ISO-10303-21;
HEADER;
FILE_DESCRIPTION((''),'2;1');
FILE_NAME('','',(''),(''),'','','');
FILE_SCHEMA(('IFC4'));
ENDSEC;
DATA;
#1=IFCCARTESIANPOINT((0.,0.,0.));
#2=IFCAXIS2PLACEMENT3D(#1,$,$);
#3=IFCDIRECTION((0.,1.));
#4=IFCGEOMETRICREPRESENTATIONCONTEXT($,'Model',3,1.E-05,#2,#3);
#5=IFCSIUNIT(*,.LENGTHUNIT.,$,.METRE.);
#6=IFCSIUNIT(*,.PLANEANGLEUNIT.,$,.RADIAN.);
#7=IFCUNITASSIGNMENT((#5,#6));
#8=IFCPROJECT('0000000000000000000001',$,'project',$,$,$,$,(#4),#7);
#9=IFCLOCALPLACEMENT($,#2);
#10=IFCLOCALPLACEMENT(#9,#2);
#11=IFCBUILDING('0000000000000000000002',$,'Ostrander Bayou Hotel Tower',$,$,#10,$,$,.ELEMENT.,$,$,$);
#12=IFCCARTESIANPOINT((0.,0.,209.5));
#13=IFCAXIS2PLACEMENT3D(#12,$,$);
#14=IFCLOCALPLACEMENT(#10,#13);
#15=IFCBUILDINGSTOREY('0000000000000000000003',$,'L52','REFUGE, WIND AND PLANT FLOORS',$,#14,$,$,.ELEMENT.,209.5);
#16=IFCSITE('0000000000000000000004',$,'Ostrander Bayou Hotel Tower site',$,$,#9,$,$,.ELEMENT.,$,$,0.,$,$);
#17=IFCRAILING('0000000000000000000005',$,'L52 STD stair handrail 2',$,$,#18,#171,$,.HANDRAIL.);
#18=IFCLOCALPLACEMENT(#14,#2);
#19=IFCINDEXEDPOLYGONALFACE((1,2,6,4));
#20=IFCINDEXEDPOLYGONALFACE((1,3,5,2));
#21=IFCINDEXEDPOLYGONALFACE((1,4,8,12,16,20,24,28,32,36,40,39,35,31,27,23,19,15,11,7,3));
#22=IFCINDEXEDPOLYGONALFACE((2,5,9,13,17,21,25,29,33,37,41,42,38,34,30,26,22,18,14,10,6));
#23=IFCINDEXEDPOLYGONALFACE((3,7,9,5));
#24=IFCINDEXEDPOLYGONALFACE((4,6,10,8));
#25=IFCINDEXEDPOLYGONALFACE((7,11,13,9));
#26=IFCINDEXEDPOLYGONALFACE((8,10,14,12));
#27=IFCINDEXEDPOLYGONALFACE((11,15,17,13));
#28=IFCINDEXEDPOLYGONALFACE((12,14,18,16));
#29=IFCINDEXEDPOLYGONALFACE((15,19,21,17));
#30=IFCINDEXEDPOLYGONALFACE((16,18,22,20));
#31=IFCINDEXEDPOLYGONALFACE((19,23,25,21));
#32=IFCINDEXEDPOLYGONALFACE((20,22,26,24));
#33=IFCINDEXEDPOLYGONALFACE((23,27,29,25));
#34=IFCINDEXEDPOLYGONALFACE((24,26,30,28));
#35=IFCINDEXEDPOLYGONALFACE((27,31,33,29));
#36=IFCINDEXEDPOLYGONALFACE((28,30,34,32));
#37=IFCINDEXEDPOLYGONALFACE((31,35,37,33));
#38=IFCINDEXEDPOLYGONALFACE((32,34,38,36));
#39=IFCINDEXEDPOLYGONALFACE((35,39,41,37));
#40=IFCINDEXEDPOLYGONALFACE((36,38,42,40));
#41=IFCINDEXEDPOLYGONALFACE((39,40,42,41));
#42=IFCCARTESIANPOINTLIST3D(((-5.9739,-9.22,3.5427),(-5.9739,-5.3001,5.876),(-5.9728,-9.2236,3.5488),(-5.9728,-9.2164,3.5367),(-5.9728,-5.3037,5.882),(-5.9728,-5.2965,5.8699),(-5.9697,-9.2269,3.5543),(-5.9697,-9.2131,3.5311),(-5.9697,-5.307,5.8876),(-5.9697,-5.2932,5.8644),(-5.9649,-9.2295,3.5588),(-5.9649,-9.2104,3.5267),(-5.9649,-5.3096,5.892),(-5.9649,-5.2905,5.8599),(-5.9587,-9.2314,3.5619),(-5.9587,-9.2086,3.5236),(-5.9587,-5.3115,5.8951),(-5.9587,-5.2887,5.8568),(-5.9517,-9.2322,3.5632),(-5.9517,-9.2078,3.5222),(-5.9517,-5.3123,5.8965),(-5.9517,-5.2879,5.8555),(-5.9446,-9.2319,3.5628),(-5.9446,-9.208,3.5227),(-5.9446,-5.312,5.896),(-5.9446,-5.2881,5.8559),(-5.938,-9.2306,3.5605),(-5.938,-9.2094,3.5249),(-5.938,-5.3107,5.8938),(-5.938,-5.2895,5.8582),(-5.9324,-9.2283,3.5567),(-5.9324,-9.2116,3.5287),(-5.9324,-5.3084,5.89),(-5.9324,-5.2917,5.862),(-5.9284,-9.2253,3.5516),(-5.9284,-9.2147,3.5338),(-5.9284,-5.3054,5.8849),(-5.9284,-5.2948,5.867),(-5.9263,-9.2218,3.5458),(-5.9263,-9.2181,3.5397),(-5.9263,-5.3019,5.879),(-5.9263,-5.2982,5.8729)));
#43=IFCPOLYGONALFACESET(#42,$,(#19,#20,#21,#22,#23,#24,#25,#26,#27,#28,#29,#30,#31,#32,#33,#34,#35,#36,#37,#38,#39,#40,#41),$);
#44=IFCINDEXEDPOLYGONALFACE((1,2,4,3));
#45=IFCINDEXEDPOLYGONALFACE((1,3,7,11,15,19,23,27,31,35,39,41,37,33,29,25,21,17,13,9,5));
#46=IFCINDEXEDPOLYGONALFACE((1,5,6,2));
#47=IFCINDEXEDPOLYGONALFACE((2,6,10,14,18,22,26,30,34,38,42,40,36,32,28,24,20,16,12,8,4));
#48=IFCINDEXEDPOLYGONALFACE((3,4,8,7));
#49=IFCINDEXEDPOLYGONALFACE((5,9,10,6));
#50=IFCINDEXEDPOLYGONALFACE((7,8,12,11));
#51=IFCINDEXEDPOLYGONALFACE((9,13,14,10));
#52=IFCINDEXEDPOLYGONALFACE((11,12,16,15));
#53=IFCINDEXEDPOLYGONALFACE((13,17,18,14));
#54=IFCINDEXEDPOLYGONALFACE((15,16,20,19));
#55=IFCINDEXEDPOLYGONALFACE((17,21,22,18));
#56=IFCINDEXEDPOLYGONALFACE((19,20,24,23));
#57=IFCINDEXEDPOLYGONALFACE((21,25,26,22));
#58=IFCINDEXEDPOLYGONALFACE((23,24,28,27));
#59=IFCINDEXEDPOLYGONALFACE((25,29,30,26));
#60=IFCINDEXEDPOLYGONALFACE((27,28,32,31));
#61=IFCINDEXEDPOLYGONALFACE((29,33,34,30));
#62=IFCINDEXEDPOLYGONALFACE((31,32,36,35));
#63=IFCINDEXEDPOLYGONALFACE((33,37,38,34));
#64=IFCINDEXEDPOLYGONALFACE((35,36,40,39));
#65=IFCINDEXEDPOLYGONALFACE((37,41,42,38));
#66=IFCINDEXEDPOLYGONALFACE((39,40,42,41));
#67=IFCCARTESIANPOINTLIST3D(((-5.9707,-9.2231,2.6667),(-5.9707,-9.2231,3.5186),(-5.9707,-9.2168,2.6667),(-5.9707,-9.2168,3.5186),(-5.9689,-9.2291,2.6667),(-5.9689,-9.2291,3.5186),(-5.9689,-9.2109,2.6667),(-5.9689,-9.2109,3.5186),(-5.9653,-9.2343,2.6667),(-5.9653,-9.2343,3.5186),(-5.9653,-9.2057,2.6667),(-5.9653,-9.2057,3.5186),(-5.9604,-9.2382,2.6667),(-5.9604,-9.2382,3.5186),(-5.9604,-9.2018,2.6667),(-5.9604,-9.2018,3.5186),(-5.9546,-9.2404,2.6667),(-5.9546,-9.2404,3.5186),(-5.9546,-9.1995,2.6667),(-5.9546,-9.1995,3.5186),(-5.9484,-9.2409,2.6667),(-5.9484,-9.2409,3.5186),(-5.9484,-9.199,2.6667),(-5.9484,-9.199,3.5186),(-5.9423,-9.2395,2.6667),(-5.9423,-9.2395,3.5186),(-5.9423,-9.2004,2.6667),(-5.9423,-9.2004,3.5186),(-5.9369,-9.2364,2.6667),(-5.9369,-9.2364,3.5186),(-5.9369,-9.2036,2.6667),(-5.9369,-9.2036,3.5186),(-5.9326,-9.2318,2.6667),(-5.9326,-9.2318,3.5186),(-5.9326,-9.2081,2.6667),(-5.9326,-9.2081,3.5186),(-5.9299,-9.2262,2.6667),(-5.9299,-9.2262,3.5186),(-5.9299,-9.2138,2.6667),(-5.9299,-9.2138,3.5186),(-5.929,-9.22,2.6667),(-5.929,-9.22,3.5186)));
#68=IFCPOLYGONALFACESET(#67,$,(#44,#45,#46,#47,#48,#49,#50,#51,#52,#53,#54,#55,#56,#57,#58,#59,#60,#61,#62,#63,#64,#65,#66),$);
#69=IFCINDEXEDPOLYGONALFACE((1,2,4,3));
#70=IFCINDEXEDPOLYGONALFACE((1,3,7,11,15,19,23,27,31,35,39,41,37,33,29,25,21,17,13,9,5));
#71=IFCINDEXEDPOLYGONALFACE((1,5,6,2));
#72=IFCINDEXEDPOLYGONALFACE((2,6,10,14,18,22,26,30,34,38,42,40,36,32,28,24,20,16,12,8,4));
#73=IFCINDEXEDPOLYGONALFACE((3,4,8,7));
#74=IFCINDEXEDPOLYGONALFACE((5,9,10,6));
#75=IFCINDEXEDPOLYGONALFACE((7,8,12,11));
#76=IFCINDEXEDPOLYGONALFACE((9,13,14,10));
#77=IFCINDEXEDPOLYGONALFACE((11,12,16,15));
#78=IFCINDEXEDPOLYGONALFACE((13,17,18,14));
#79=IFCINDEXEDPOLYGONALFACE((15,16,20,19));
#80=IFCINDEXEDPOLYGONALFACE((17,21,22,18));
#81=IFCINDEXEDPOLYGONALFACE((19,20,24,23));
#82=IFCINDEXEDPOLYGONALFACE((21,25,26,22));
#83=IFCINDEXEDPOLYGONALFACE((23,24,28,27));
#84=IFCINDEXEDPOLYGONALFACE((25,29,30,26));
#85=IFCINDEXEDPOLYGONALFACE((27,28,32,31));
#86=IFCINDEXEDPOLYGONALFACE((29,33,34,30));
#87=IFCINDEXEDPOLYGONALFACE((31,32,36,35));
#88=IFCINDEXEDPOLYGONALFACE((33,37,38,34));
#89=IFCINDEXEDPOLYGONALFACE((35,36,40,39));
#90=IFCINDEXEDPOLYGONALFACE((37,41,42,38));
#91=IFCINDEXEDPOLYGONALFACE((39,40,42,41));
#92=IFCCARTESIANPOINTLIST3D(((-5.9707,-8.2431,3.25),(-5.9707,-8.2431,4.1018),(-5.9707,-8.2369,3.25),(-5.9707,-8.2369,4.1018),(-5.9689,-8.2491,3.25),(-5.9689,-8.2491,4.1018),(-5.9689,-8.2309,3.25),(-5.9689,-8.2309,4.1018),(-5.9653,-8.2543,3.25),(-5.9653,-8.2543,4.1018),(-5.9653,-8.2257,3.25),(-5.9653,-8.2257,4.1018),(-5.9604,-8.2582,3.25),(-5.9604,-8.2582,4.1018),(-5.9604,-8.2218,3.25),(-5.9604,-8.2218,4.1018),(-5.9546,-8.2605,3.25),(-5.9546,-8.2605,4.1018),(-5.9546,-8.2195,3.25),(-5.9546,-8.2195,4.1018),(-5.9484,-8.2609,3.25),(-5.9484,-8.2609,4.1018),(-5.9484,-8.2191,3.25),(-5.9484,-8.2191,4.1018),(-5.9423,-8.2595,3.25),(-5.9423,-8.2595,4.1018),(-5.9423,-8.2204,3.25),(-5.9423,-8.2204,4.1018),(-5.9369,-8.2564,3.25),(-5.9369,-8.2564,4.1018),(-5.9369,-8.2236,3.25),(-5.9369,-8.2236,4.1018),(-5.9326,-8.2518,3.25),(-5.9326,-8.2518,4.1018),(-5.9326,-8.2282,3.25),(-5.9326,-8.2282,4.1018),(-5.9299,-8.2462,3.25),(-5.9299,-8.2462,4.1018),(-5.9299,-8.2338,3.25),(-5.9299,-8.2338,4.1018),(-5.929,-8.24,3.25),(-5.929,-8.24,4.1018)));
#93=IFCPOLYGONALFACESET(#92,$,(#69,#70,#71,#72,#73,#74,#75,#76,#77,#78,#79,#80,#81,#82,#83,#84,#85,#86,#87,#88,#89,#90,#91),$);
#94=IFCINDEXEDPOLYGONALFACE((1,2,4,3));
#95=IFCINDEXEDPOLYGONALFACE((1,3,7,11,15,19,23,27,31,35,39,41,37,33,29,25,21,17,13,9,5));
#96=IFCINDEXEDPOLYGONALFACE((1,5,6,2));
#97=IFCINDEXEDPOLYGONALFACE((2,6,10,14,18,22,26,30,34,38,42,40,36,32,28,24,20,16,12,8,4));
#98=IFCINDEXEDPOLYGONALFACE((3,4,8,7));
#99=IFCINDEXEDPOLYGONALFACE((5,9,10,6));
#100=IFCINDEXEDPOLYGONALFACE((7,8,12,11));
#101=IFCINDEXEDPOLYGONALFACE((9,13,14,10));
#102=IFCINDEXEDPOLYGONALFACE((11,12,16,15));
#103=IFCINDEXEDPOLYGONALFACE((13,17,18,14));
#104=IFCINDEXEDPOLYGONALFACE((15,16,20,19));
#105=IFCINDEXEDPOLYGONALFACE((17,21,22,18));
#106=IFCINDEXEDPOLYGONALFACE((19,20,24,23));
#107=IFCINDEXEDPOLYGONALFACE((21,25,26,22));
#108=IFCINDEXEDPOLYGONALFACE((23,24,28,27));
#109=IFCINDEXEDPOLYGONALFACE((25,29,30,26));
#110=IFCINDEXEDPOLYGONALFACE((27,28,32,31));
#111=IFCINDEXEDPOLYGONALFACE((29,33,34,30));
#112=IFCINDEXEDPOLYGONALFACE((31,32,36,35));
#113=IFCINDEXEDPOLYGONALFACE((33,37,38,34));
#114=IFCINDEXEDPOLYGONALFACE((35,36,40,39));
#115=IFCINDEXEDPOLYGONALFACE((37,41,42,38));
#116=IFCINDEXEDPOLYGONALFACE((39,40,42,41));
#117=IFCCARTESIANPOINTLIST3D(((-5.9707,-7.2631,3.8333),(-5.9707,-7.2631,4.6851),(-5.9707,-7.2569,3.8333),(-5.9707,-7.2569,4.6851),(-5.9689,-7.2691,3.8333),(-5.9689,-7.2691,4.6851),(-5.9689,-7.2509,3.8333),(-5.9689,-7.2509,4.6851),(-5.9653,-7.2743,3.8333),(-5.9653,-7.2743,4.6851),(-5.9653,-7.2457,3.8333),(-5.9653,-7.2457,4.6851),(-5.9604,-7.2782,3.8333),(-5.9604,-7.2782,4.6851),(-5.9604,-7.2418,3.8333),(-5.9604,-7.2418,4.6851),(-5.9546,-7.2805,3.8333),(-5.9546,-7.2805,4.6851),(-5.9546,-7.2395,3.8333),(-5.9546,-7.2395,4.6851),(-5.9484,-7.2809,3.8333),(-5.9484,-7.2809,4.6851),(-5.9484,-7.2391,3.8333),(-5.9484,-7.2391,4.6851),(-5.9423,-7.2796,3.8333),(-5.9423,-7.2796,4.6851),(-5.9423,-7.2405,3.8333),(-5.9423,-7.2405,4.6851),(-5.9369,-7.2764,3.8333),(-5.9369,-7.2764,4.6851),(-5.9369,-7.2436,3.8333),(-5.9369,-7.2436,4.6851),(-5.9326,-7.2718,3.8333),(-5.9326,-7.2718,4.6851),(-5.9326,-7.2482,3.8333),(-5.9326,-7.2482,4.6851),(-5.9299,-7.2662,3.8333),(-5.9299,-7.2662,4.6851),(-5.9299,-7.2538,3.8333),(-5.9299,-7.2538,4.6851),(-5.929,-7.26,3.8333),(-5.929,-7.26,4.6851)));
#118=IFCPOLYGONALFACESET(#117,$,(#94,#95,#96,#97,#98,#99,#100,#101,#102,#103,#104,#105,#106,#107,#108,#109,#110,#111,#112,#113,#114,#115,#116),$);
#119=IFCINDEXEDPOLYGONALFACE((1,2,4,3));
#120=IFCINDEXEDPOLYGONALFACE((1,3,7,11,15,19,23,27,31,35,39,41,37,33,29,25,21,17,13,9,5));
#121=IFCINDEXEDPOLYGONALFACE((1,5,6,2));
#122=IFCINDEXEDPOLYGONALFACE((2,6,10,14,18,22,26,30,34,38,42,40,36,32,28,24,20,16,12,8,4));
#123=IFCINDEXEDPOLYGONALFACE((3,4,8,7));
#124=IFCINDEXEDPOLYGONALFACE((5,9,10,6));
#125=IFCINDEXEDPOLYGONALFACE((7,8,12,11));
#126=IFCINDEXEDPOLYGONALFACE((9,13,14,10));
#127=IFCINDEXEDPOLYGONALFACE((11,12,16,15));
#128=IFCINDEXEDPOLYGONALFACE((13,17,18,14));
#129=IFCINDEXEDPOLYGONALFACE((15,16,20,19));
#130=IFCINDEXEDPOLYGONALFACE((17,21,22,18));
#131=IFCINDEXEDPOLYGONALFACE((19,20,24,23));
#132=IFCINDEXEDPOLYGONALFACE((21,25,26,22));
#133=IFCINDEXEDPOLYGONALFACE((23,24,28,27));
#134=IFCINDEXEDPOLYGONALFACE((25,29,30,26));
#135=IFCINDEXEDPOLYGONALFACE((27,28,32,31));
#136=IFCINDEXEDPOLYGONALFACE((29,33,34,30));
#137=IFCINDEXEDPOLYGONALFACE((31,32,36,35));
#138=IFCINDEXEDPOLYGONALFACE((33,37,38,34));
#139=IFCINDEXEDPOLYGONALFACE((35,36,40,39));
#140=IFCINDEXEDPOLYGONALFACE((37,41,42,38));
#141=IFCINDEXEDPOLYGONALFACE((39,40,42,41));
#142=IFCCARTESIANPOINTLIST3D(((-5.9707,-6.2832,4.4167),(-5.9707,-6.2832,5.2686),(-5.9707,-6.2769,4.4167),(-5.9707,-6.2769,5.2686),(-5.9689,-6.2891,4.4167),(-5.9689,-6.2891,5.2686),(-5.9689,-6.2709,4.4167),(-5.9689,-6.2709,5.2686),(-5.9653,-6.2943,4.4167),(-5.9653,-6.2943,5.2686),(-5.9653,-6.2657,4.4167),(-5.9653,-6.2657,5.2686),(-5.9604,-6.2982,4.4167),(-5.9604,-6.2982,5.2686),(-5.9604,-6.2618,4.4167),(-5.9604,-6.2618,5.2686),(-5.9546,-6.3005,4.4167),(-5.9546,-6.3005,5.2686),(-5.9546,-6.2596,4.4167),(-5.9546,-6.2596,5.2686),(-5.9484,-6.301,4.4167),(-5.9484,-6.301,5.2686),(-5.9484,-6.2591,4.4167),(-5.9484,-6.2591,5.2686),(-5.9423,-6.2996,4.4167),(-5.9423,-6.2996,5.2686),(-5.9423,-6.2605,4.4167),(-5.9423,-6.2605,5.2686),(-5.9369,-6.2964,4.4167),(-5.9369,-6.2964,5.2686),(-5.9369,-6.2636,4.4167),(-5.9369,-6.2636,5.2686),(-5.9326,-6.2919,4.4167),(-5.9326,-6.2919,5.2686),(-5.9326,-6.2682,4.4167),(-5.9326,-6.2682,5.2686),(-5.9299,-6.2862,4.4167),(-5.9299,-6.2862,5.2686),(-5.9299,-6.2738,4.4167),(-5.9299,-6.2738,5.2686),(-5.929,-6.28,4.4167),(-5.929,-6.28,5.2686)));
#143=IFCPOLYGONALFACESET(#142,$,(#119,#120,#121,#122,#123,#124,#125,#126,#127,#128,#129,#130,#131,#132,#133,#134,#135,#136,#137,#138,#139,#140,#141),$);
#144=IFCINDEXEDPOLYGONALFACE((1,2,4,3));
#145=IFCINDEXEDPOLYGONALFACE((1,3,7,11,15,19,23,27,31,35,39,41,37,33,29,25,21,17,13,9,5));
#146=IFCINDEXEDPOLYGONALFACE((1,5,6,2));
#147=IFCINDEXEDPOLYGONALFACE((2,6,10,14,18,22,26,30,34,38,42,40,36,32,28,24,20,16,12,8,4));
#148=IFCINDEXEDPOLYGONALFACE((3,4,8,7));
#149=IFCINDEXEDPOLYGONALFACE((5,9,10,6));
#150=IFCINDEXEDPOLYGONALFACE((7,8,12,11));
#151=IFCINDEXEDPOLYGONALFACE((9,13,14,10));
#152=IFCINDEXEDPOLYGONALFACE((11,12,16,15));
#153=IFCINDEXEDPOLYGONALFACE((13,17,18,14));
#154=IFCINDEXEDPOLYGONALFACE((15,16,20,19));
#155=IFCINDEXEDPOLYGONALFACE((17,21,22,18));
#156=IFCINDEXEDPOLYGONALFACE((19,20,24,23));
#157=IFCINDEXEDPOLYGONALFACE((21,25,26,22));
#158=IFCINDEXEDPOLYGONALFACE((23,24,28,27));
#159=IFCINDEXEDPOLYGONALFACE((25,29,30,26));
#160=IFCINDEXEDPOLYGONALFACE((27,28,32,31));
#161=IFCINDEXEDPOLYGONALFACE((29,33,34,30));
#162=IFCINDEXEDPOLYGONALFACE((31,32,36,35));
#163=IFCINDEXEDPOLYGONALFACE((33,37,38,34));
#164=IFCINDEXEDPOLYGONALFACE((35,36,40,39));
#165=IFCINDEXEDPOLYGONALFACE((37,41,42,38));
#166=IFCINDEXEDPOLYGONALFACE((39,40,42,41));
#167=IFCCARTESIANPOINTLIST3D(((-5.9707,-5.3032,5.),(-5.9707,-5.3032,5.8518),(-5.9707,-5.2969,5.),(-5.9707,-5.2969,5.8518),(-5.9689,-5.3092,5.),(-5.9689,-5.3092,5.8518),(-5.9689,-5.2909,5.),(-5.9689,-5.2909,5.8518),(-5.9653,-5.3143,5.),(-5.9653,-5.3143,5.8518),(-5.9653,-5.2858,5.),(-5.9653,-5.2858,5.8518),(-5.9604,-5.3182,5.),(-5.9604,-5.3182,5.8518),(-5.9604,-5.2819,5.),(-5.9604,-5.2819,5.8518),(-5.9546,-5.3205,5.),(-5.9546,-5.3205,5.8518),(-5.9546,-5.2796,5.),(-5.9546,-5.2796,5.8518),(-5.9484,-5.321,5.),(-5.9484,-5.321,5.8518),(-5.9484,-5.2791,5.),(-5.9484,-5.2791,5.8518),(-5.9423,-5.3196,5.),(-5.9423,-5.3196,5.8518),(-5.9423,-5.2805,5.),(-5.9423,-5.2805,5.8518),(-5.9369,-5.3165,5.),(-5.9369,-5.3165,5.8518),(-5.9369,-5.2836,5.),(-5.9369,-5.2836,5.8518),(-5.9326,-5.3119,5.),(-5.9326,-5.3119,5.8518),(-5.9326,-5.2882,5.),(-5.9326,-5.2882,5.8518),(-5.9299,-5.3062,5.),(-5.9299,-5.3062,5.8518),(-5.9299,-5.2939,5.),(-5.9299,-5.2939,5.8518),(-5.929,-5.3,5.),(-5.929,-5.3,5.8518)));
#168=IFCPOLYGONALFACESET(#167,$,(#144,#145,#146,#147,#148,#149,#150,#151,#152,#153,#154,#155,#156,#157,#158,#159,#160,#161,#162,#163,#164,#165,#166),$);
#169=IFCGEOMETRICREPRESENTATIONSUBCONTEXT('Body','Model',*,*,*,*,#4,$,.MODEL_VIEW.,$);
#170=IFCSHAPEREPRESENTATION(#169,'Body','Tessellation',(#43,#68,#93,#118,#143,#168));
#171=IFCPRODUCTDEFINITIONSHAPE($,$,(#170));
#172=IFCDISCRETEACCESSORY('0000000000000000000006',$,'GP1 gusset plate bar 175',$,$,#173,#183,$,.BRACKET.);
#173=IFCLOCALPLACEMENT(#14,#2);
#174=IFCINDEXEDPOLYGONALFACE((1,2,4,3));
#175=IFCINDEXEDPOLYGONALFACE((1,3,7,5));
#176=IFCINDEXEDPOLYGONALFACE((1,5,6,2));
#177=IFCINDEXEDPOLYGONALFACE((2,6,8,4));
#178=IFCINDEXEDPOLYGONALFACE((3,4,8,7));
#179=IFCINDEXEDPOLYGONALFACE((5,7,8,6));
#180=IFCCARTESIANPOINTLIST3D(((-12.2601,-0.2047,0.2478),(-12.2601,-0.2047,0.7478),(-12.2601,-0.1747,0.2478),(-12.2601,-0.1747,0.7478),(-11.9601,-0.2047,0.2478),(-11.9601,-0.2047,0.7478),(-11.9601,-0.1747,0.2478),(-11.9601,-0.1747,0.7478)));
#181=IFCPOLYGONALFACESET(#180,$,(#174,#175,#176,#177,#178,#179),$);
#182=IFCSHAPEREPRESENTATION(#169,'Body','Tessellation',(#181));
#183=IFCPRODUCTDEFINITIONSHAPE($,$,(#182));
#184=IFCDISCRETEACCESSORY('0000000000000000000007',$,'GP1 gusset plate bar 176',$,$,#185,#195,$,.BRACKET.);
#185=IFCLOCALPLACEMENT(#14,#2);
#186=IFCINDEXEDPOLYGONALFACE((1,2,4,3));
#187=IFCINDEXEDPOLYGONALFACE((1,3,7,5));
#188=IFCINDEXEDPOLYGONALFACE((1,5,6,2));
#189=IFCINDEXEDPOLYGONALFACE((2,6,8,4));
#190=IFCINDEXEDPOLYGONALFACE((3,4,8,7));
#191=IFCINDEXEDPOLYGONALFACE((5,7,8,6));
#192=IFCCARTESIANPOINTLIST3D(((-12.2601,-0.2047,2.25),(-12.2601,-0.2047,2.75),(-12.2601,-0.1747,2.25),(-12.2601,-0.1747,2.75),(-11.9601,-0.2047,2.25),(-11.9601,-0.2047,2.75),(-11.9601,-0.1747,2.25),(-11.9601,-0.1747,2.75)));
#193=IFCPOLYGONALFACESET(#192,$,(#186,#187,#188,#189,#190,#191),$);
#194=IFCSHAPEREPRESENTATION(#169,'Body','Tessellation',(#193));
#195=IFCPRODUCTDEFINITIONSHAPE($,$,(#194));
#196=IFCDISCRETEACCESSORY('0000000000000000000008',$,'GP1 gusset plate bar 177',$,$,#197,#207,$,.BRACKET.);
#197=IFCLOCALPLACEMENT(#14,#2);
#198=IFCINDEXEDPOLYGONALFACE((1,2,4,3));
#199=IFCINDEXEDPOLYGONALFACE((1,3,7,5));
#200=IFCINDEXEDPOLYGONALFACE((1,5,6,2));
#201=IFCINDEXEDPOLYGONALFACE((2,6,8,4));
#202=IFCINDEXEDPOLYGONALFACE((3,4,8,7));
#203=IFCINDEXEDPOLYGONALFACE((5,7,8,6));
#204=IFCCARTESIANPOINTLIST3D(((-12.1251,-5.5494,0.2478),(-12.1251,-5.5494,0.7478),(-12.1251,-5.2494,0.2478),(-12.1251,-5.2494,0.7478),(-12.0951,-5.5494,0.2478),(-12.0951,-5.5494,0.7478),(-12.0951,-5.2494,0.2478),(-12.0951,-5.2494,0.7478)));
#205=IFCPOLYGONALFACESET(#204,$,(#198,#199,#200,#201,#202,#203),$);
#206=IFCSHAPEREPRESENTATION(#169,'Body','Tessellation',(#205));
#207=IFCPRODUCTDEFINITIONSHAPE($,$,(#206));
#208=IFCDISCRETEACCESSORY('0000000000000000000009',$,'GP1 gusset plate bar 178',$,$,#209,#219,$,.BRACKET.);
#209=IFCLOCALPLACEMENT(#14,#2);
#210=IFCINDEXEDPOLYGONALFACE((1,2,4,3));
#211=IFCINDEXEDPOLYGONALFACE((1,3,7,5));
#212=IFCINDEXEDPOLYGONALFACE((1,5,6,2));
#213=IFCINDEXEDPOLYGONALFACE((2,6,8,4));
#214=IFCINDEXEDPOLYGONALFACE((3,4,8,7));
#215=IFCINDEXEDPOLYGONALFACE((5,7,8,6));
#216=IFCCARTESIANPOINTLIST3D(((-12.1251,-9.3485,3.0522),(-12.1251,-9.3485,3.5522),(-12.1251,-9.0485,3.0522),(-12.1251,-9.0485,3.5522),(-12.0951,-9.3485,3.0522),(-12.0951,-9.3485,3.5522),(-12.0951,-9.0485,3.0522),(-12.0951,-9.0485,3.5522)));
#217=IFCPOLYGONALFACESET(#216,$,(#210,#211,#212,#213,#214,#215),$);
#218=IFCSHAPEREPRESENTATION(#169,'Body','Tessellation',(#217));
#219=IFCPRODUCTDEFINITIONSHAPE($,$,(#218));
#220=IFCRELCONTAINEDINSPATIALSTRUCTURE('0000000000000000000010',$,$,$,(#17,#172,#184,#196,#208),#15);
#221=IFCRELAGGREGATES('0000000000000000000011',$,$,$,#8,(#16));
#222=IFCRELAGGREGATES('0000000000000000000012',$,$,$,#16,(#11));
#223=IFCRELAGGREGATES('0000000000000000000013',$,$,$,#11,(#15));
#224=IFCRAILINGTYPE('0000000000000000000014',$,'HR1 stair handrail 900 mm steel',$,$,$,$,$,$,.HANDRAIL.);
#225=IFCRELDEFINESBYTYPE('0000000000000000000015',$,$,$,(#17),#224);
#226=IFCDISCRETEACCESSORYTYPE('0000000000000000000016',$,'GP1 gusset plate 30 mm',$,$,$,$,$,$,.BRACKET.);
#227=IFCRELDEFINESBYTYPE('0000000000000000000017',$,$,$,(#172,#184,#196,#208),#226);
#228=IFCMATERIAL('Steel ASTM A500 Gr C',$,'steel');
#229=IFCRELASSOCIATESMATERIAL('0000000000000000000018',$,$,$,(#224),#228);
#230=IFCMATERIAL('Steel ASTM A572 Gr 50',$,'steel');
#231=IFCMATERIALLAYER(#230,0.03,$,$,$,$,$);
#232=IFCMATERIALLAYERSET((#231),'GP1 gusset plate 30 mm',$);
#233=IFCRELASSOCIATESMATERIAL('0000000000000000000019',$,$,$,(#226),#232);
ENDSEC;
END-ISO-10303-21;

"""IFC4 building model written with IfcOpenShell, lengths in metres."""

from ifc_helpers import new_model, si_unit, direction, frame, origin, origin_2d, place, context, subcontext, project, spatial, rectangle, circle, extrude, material, layer, layer_set, type_object, element, save


model = new_model("IFC4")

# Units and contexts
model_context = context("Model", 3, precision=1e-05, world=origin(), true_north=direction((0.0, 1.0)))
body_context = subcontext(model_context, "Body", "Model", "MODEL_VIEW")
ifc_project = project(units=[si_unit("LENGTHUNIT", "METRE"), si_unit("PLANEANGLEUNIT", "RADIAN")], contexts=[model_context])

# Site, building, storey
site_placement = place(None, origin())
site = spatial("IfcSite", under=ifc_project, at=site_placement, Name="Ostrander Bayou Hotel Tower site", CompositionType="ELEMENT", RefElevation=0.0)
building_placement = place(site_placement, origin())
building = spatial("IfcBuilding", under=site, at=building_placement, Name="Ostrander Bayou Hotel Tower", CompositionType="ELEMENT")
storey_placement = place(building_placement, frame((0.0, 0.0, 209.5)))
storey = spatial("IfcBuildingStorey", under=building, at=storey_placement, Name="L52", Description="REFUGE, WIND AND PLANT FLOORS", CompositionType="ELEMENT", Elevation=209.5)

# Railing
ifc_material_1 = material(Name="Steel ASTM A500 Gr C", Category="steel")
railing_type_1 = type_object("IfcRailingType", Name="HR1 stair handrail 900 mm steel", PredefinedType="HANDRAIL", material=ifc_material_1)
railing_1_placement = place(storey_placement, frame((-5.95, -9.22, 2.6667)))
element("IfcRailing", 1, at=railing_1_placement, inside=storey, type_object=railing_type_1, Name="L52 STD stair handrail 2", PredefinedType="HANDRAIL", context=body_context, shape_type="SweptSolid", body=[
    extrude(circle(Radius=0.0239, at=origin_2d()), frame((0.0, 0.0, 0.876), z_axis=(0.0, 0.859296, 0.511478), x_axis=(-1.0, 0.0, 0.0)), (0.0, 0.0, 1.0), 4.5618),
    extrude(circle(Radius=0.021, at=origin_2d()), origin(), (0.0, 0.0, 1.0), 0.8518),
    extrude(circle(Radius=0.021, at=origin_2d()), frame((0.0, 0.98, 0.5833)), (0.0, 0.0, 1.0), 0.8518),
    extrude(circle(Radius=0.021, at=origin_2d()), frame((0.0, 1.96, 1.1665)), (0.0, 0.0, 1.0), 0.8518),
    extrude(circle(Radius=0.021, at=origin_2d()), frame((0.0, 2.9399, 1.75)), (0.0, 0.0, 1.0), 0.8518),
    extrude(circle(Radius=0.021, at=origin_2d()), frame((0.0, 3.9199, 2.3333)), (0.0, 0.0, 1.0), 0.8518),
])

# Discrete accessories
ifc_material_2 = material(Name="Steel ASTM A572 Gr 50", Category="steel")
ifc_layer_1 = layer(ifc_material_2, 0.03)
ifc_layer_set_1 = layer_set([ifc_layer_1], Name="GP1 gusset plate 30 mm")
discrete_accessory_type = type_object("IfcDiscreteAccessoryType", Name="GP1 gusset plate 30 mm", PredefinedType="BRACKET", material=ifc_layer_set_1)
for number, where, z_axis, x_axis, name in (
    (2, (-12.1101, -0.1897, 0.2478), (0.0, 0.0, 1.0), (1.0, 0.0, 0.0), "GP1 gusset plate bar 175"),
    (3, (-12.1101, -0.1897, 2.25), (0.0, 0.0, 1.0), (1.0, 0.0, 0.0), "GP1 gusset plate bar 176"),
    (4, (-12.1101, -5.3994, 0.2478), (0.0, 0.0, 1.0), (0.0, -1.0, 0.0), "GP1 gusset plate bar 177"),
    (5, (-12.1101, -9.1985, 3.0522), (0.0, 0.0, 1.0), (0.0, -1.0, 0.0), "GP1 gusset plate bar 178"),
):
    element("IfcDiscreteAccessory", number, at=place(storey_placement, frame(where, z_axis=z_axis, x_axis=x_axis)), inside=storey, type_object=discrete_accessory_type, Name=name, PredefinedType="BRACKET", context=body_context, shape_type="SweptSolid", body=[
        extrude(rectangle(XDim=0.3, YDim=0.03, at=origin_2d()), origin(), (0.0, 0.0, 1.0), 0.5),
    ])

save(model, "model.ifc")
